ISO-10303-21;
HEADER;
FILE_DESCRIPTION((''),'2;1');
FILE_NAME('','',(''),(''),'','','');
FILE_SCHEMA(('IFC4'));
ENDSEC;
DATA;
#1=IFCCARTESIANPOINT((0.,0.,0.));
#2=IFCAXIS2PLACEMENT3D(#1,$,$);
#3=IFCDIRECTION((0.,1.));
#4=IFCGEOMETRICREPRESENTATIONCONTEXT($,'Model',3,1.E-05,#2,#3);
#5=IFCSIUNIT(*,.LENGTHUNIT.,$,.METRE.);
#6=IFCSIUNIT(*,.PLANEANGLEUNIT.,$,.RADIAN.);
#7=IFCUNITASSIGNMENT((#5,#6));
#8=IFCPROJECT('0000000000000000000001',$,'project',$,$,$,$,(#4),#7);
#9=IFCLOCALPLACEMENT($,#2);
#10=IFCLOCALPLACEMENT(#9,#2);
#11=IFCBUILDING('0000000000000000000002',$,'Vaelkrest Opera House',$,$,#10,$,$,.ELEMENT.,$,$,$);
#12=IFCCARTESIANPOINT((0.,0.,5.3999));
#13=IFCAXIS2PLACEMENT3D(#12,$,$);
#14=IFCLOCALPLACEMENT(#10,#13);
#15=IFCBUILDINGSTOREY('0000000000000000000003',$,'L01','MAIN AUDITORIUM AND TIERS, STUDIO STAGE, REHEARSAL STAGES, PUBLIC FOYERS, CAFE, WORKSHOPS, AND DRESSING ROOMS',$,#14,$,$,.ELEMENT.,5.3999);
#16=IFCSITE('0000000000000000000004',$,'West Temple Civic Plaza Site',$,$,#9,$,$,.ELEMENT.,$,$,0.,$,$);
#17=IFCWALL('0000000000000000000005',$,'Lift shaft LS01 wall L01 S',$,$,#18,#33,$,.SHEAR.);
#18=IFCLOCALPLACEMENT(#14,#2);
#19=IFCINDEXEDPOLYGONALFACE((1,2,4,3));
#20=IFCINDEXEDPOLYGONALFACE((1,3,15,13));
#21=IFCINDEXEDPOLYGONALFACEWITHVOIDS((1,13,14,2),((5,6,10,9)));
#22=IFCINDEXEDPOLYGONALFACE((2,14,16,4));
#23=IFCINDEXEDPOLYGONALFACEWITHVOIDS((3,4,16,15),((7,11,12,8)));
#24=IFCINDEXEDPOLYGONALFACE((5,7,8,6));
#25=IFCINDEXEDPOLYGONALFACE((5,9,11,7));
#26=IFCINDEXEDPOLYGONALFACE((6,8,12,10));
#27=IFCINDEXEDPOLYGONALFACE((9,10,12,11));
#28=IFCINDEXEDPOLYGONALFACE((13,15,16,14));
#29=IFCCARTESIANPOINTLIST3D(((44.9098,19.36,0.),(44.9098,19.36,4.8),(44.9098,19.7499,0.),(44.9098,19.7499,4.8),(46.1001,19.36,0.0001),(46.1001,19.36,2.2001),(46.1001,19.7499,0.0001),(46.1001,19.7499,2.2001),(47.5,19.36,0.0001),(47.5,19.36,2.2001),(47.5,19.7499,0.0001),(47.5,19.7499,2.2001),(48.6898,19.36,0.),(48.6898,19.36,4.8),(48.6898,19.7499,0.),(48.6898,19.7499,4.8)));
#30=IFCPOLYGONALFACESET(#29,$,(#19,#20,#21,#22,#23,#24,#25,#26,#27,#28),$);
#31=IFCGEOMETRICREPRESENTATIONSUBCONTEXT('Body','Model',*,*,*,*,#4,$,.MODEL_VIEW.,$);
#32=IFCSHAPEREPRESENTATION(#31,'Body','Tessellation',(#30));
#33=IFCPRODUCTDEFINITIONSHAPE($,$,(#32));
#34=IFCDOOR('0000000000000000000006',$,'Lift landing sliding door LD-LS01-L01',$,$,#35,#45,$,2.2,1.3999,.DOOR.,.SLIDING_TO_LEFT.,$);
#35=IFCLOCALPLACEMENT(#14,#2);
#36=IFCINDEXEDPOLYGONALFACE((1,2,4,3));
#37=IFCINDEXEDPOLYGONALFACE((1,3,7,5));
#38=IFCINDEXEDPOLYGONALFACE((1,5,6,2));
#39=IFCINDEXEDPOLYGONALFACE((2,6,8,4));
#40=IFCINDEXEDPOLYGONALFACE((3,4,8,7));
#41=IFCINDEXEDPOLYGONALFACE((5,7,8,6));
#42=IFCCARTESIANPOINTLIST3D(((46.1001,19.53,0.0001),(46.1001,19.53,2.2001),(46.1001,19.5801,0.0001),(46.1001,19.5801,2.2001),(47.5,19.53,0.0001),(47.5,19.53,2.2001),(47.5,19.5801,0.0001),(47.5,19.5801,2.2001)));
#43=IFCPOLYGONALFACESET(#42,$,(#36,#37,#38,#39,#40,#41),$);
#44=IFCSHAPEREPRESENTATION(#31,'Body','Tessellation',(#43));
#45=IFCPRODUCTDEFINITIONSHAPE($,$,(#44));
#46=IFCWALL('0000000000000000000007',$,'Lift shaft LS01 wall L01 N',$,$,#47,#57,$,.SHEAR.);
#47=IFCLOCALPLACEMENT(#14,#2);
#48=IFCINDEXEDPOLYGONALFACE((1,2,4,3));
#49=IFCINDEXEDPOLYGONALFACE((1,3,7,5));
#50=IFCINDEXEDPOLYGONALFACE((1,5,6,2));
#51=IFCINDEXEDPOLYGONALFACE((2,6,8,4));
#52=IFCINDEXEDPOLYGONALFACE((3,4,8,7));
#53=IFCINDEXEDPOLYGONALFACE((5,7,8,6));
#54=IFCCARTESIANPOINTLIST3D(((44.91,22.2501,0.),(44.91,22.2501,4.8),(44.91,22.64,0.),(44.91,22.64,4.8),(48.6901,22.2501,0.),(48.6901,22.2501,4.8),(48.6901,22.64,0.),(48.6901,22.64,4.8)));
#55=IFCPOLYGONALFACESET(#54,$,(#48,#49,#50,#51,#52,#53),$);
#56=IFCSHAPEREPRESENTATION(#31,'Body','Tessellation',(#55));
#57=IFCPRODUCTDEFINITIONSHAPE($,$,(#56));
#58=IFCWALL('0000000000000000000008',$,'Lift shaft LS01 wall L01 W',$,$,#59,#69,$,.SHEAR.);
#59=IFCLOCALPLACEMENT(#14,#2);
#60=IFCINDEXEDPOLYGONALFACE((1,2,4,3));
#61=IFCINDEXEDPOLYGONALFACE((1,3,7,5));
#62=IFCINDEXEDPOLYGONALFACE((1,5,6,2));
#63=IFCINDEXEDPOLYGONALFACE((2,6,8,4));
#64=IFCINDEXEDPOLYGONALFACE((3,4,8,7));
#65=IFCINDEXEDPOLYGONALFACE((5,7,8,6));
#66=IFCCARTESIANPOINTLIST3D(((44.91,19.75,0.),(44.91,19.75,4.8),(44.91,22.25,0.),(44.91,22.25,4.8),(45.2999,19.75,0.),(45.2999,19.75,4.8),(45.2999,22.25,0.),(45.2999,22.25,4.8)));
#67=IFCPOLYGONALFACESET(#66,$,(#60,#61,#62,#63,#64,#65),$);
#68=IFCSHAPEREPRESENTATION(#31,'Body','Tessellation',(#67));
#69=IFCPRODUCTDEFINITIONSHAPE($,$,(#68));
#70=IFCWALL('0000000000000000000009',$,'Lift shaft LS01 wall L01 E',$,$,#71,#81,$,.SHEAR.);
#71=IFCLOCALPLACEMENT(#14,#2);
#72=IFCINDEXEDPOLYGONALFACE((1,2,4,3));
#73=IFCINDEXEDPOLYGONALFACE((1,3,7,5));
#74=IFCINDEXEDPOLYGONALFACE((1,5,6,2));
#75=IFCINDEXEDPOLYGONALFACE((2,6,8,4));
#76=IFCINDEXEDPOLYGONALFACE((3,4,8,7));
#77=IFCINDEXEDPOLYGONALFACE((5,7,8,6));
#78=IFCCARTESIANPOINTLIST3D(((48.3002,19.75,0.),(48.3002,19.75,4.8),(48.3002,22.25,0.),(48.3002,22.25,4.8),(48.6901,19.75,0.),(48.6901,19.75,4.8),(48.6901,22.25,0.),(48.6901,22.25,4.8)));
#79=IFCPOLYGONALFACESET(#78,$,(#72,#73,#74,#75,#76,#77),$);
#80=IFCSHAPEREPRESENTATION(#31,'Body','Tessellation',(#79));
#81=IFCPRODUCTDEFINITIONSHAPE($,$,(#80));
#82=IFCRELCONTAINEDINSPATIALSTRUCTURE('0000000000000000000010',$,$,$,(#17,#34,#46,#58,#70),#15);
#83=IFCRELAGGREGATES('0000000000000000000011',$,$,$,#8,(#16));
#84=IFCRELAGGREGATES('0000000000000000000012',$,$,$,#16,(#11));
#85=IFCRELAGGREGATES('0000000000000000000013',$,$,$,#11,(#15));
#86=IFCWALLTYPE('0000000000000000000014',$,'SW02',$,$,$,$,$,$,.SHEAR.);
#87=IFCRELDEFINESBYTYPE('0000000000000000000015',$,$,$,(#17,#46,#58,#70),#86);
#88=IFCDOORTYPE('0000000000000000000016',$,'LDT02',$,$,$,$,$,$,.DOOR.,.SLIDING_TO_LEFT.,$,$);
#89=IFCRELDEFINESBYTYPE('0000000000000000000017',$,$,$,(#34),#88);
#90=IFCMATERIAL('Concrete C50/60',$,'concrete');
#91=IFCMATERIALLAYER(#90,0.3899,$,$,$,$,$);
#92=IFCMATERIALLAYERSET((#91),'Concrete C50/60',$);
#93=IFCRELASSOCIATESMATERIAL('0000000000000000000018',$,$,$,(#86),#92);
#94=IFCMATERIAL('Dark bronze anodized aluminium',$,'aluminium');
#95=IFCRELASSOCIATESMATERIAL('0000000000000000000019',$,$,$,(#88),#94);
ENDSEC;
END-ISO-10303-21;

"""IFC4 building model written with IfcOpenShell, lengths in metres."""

from ifc_helpers import new_model, si_unit, direction, frame, frame_2d, origin, place, context, subcontext, project, spatial, rectangle, extrude, material, layer, layer_set, type_object, element, fill, save


model = new_model("IFC4")

# Units and contexts
model_context = context("Model", 3, precision=1e-05, world=origin(), true_north=direction((0.0, 1.0)))
body_context = subcontext(model_context, "Body", "Model", "MODEL_VIEW")
ifc_project = project(units=[si_unit("LENGTHUNIT", "METRE"), si_unit("PLANEANGLEUNIT", "RADIAN")], contexts=[model_context])

# Site, building, storey
site_placement = place(None, origin())
site = spatial("IfcSite", under=ifc_project, at=site_placement, Name="West Temple Civic Plaza Site", CompositionType="ELEMENT", RefElevation=0.0)
building_placement = place(site_placement, origin())
building = spatial("IfcBuilding", under=site, at=building_placement, Name="Vaelkrest Opera House", CompositionType="ELEMENT")
storey_placement = place(building_placement, frame((0.0, 0.0, 5.3999)))
storey = spatial("IfcBuildingStorey", under=building, at=storey_placement, Name="L01", Description="MAIN AUDITORIUM AND TIERS, STUDIO STAGE, REHEARSAL STAGES, PUBLIC FOYERS, CAFE, WORKSHOPS, AND DRESSING ROOMS", CompositionType="ELEMENT", Elevation=5.3999)

# Shared definitions
ifc_material_1 = material(Name="Concrete C50/60", Category="concrete")

# Wall, opening, door
ifc_layer_1 = layer(ifc_material_1, 0.3899)
ifc_layer_set_1 = layer_set([ifc_layer_1], Name="Concrete C50/60")
wall_type_1 = type_object("IfcWallType", Name="SW02", PredefinedType="SHEAR", material=ifc_layer_set_1)
wall_1_placement = place(storey_placement, frame((48.6899, 19.5549, 0.0), z_axis=(0.0, 0.0, 1.0), x_axis=(-1.0, 0.0, 0.0)))
wall_1 = element("IfcWall", 1, at=wall_1_placement, inside=storey, type_object=wall_type_1, Name="Lift shaft LS01 wall L01 S", PredefinedType="SHEAR", context=body_context, shape_type="SweptSolid", body=[
    extrude(rectangle(XDim=3.78, YDim=0.3899, at=frame_2d((1.8901, 0.0))), origin(), (0.0, 0.0, 1.0), 4.8),
])
opening_1_placement = place(wall_1_placement, frame((1.1899, 0.0, 0.0)))
opening_1 = element("IfcOpeningElement", 2, at=opening_1_placement, cuts=wall_1, PredefinedType="OPENING", context=body_context, shape_type="SweptSolid", body=[
    extrude(rectangle(XDim=1.3999, YDim=2.2, at=frame_2d((0.7, 1.1001))), frame((0.0, 0.2048, 0.0), z_axis=(0.0, -1.0, 0.0), x_axis=(1.0, 0.0, 0.0)), (0.0, 0.0, 1.0), 0.4099),
])
ifc_material_2 = material(Name="Dark bronze anodized aluminium", Category="aluminium")
door_type = type_object("IfcDoorType", Name="LDT02", OperationType="SLIDING_TO_LEFT", PredefinedType="DOOR", material=ifc_material_2)
door_placement = place(opening_1_placement, origin())
door = element("IfcDoor", 3, at=door_placement, inside=storey, type_object=door_type, Name="Lift landing sliding door LD-LS01-L01", OperationType="SLIDING_TO_LEFT", OverallHeight=2.2, OverallWidth=1.3999, PredefinedType="DOOR", context=body_context, shape_type="SweptSolid", body=[
    extrude(rectangle(XDim=1.3999, YDim=2.2, at=frame_2d((0.7, 1.1001))), frame((0.0, 0.0249, 0.0), z_axis=(0.0, -1.0, 0.0), x_axis=(1.0, 0.0, 0.0)), (0.0, 0.0, 1.0), 0.05),
])
fill(opening_1, door)

# Walls
wall_2_placement = place(storey_placement, frame((44.9099, 22.4451, 0.0), z_axis=(0.0, 0.0, 1.0), x_axis=(1.0, 0.0, 0.0)))
element("IfcWall", 4, at=wall_2_placement, inside=storey, type_object=wall_type_1, Name="Lift shaft LS01 wall L01 N", PredefinedType="SHEAR", context=body_context, shape_type="SweptSolid", body=[
    extrude(rectangle(XDim=3.78, YDim=0.3899, at=frame_2d((1.8901, 0.0))), origin(), (0.0, 0.0, 1.0), 4.8),
])
for number, where, z_axis, x_axis, name in (
    (5, (45.105, 19.75, 0.0), (0.0, 0.0, 1.0), (0.0, 1.0, 0.0), "Lift shaft LS01 wall L01 W"),
    (6, (48.4951, 22.25, 0.0), (0.0, 0.0, 1.0), (0.0, -1.0, 0.0), "Lift shaft LS01 wall L01 E"),
):
    element("IfcWall", number, at=place(storey_placement, frame(where, z_axis=z_axis, x_axis=x_axis)), inside=storey, type_object=wall_type_1, Name=name, PredefinedType="SHEAR", context=body_context, shape_type="SweptSolid", body=[
        extrude(rectangle(XDim=2.5, YDim=0.3899, at=frame_2d((1.25, 0.0))), origin(), (0.0, 0.0, 1.0), 4.8),
    ])

save(model, "model.ifc")
